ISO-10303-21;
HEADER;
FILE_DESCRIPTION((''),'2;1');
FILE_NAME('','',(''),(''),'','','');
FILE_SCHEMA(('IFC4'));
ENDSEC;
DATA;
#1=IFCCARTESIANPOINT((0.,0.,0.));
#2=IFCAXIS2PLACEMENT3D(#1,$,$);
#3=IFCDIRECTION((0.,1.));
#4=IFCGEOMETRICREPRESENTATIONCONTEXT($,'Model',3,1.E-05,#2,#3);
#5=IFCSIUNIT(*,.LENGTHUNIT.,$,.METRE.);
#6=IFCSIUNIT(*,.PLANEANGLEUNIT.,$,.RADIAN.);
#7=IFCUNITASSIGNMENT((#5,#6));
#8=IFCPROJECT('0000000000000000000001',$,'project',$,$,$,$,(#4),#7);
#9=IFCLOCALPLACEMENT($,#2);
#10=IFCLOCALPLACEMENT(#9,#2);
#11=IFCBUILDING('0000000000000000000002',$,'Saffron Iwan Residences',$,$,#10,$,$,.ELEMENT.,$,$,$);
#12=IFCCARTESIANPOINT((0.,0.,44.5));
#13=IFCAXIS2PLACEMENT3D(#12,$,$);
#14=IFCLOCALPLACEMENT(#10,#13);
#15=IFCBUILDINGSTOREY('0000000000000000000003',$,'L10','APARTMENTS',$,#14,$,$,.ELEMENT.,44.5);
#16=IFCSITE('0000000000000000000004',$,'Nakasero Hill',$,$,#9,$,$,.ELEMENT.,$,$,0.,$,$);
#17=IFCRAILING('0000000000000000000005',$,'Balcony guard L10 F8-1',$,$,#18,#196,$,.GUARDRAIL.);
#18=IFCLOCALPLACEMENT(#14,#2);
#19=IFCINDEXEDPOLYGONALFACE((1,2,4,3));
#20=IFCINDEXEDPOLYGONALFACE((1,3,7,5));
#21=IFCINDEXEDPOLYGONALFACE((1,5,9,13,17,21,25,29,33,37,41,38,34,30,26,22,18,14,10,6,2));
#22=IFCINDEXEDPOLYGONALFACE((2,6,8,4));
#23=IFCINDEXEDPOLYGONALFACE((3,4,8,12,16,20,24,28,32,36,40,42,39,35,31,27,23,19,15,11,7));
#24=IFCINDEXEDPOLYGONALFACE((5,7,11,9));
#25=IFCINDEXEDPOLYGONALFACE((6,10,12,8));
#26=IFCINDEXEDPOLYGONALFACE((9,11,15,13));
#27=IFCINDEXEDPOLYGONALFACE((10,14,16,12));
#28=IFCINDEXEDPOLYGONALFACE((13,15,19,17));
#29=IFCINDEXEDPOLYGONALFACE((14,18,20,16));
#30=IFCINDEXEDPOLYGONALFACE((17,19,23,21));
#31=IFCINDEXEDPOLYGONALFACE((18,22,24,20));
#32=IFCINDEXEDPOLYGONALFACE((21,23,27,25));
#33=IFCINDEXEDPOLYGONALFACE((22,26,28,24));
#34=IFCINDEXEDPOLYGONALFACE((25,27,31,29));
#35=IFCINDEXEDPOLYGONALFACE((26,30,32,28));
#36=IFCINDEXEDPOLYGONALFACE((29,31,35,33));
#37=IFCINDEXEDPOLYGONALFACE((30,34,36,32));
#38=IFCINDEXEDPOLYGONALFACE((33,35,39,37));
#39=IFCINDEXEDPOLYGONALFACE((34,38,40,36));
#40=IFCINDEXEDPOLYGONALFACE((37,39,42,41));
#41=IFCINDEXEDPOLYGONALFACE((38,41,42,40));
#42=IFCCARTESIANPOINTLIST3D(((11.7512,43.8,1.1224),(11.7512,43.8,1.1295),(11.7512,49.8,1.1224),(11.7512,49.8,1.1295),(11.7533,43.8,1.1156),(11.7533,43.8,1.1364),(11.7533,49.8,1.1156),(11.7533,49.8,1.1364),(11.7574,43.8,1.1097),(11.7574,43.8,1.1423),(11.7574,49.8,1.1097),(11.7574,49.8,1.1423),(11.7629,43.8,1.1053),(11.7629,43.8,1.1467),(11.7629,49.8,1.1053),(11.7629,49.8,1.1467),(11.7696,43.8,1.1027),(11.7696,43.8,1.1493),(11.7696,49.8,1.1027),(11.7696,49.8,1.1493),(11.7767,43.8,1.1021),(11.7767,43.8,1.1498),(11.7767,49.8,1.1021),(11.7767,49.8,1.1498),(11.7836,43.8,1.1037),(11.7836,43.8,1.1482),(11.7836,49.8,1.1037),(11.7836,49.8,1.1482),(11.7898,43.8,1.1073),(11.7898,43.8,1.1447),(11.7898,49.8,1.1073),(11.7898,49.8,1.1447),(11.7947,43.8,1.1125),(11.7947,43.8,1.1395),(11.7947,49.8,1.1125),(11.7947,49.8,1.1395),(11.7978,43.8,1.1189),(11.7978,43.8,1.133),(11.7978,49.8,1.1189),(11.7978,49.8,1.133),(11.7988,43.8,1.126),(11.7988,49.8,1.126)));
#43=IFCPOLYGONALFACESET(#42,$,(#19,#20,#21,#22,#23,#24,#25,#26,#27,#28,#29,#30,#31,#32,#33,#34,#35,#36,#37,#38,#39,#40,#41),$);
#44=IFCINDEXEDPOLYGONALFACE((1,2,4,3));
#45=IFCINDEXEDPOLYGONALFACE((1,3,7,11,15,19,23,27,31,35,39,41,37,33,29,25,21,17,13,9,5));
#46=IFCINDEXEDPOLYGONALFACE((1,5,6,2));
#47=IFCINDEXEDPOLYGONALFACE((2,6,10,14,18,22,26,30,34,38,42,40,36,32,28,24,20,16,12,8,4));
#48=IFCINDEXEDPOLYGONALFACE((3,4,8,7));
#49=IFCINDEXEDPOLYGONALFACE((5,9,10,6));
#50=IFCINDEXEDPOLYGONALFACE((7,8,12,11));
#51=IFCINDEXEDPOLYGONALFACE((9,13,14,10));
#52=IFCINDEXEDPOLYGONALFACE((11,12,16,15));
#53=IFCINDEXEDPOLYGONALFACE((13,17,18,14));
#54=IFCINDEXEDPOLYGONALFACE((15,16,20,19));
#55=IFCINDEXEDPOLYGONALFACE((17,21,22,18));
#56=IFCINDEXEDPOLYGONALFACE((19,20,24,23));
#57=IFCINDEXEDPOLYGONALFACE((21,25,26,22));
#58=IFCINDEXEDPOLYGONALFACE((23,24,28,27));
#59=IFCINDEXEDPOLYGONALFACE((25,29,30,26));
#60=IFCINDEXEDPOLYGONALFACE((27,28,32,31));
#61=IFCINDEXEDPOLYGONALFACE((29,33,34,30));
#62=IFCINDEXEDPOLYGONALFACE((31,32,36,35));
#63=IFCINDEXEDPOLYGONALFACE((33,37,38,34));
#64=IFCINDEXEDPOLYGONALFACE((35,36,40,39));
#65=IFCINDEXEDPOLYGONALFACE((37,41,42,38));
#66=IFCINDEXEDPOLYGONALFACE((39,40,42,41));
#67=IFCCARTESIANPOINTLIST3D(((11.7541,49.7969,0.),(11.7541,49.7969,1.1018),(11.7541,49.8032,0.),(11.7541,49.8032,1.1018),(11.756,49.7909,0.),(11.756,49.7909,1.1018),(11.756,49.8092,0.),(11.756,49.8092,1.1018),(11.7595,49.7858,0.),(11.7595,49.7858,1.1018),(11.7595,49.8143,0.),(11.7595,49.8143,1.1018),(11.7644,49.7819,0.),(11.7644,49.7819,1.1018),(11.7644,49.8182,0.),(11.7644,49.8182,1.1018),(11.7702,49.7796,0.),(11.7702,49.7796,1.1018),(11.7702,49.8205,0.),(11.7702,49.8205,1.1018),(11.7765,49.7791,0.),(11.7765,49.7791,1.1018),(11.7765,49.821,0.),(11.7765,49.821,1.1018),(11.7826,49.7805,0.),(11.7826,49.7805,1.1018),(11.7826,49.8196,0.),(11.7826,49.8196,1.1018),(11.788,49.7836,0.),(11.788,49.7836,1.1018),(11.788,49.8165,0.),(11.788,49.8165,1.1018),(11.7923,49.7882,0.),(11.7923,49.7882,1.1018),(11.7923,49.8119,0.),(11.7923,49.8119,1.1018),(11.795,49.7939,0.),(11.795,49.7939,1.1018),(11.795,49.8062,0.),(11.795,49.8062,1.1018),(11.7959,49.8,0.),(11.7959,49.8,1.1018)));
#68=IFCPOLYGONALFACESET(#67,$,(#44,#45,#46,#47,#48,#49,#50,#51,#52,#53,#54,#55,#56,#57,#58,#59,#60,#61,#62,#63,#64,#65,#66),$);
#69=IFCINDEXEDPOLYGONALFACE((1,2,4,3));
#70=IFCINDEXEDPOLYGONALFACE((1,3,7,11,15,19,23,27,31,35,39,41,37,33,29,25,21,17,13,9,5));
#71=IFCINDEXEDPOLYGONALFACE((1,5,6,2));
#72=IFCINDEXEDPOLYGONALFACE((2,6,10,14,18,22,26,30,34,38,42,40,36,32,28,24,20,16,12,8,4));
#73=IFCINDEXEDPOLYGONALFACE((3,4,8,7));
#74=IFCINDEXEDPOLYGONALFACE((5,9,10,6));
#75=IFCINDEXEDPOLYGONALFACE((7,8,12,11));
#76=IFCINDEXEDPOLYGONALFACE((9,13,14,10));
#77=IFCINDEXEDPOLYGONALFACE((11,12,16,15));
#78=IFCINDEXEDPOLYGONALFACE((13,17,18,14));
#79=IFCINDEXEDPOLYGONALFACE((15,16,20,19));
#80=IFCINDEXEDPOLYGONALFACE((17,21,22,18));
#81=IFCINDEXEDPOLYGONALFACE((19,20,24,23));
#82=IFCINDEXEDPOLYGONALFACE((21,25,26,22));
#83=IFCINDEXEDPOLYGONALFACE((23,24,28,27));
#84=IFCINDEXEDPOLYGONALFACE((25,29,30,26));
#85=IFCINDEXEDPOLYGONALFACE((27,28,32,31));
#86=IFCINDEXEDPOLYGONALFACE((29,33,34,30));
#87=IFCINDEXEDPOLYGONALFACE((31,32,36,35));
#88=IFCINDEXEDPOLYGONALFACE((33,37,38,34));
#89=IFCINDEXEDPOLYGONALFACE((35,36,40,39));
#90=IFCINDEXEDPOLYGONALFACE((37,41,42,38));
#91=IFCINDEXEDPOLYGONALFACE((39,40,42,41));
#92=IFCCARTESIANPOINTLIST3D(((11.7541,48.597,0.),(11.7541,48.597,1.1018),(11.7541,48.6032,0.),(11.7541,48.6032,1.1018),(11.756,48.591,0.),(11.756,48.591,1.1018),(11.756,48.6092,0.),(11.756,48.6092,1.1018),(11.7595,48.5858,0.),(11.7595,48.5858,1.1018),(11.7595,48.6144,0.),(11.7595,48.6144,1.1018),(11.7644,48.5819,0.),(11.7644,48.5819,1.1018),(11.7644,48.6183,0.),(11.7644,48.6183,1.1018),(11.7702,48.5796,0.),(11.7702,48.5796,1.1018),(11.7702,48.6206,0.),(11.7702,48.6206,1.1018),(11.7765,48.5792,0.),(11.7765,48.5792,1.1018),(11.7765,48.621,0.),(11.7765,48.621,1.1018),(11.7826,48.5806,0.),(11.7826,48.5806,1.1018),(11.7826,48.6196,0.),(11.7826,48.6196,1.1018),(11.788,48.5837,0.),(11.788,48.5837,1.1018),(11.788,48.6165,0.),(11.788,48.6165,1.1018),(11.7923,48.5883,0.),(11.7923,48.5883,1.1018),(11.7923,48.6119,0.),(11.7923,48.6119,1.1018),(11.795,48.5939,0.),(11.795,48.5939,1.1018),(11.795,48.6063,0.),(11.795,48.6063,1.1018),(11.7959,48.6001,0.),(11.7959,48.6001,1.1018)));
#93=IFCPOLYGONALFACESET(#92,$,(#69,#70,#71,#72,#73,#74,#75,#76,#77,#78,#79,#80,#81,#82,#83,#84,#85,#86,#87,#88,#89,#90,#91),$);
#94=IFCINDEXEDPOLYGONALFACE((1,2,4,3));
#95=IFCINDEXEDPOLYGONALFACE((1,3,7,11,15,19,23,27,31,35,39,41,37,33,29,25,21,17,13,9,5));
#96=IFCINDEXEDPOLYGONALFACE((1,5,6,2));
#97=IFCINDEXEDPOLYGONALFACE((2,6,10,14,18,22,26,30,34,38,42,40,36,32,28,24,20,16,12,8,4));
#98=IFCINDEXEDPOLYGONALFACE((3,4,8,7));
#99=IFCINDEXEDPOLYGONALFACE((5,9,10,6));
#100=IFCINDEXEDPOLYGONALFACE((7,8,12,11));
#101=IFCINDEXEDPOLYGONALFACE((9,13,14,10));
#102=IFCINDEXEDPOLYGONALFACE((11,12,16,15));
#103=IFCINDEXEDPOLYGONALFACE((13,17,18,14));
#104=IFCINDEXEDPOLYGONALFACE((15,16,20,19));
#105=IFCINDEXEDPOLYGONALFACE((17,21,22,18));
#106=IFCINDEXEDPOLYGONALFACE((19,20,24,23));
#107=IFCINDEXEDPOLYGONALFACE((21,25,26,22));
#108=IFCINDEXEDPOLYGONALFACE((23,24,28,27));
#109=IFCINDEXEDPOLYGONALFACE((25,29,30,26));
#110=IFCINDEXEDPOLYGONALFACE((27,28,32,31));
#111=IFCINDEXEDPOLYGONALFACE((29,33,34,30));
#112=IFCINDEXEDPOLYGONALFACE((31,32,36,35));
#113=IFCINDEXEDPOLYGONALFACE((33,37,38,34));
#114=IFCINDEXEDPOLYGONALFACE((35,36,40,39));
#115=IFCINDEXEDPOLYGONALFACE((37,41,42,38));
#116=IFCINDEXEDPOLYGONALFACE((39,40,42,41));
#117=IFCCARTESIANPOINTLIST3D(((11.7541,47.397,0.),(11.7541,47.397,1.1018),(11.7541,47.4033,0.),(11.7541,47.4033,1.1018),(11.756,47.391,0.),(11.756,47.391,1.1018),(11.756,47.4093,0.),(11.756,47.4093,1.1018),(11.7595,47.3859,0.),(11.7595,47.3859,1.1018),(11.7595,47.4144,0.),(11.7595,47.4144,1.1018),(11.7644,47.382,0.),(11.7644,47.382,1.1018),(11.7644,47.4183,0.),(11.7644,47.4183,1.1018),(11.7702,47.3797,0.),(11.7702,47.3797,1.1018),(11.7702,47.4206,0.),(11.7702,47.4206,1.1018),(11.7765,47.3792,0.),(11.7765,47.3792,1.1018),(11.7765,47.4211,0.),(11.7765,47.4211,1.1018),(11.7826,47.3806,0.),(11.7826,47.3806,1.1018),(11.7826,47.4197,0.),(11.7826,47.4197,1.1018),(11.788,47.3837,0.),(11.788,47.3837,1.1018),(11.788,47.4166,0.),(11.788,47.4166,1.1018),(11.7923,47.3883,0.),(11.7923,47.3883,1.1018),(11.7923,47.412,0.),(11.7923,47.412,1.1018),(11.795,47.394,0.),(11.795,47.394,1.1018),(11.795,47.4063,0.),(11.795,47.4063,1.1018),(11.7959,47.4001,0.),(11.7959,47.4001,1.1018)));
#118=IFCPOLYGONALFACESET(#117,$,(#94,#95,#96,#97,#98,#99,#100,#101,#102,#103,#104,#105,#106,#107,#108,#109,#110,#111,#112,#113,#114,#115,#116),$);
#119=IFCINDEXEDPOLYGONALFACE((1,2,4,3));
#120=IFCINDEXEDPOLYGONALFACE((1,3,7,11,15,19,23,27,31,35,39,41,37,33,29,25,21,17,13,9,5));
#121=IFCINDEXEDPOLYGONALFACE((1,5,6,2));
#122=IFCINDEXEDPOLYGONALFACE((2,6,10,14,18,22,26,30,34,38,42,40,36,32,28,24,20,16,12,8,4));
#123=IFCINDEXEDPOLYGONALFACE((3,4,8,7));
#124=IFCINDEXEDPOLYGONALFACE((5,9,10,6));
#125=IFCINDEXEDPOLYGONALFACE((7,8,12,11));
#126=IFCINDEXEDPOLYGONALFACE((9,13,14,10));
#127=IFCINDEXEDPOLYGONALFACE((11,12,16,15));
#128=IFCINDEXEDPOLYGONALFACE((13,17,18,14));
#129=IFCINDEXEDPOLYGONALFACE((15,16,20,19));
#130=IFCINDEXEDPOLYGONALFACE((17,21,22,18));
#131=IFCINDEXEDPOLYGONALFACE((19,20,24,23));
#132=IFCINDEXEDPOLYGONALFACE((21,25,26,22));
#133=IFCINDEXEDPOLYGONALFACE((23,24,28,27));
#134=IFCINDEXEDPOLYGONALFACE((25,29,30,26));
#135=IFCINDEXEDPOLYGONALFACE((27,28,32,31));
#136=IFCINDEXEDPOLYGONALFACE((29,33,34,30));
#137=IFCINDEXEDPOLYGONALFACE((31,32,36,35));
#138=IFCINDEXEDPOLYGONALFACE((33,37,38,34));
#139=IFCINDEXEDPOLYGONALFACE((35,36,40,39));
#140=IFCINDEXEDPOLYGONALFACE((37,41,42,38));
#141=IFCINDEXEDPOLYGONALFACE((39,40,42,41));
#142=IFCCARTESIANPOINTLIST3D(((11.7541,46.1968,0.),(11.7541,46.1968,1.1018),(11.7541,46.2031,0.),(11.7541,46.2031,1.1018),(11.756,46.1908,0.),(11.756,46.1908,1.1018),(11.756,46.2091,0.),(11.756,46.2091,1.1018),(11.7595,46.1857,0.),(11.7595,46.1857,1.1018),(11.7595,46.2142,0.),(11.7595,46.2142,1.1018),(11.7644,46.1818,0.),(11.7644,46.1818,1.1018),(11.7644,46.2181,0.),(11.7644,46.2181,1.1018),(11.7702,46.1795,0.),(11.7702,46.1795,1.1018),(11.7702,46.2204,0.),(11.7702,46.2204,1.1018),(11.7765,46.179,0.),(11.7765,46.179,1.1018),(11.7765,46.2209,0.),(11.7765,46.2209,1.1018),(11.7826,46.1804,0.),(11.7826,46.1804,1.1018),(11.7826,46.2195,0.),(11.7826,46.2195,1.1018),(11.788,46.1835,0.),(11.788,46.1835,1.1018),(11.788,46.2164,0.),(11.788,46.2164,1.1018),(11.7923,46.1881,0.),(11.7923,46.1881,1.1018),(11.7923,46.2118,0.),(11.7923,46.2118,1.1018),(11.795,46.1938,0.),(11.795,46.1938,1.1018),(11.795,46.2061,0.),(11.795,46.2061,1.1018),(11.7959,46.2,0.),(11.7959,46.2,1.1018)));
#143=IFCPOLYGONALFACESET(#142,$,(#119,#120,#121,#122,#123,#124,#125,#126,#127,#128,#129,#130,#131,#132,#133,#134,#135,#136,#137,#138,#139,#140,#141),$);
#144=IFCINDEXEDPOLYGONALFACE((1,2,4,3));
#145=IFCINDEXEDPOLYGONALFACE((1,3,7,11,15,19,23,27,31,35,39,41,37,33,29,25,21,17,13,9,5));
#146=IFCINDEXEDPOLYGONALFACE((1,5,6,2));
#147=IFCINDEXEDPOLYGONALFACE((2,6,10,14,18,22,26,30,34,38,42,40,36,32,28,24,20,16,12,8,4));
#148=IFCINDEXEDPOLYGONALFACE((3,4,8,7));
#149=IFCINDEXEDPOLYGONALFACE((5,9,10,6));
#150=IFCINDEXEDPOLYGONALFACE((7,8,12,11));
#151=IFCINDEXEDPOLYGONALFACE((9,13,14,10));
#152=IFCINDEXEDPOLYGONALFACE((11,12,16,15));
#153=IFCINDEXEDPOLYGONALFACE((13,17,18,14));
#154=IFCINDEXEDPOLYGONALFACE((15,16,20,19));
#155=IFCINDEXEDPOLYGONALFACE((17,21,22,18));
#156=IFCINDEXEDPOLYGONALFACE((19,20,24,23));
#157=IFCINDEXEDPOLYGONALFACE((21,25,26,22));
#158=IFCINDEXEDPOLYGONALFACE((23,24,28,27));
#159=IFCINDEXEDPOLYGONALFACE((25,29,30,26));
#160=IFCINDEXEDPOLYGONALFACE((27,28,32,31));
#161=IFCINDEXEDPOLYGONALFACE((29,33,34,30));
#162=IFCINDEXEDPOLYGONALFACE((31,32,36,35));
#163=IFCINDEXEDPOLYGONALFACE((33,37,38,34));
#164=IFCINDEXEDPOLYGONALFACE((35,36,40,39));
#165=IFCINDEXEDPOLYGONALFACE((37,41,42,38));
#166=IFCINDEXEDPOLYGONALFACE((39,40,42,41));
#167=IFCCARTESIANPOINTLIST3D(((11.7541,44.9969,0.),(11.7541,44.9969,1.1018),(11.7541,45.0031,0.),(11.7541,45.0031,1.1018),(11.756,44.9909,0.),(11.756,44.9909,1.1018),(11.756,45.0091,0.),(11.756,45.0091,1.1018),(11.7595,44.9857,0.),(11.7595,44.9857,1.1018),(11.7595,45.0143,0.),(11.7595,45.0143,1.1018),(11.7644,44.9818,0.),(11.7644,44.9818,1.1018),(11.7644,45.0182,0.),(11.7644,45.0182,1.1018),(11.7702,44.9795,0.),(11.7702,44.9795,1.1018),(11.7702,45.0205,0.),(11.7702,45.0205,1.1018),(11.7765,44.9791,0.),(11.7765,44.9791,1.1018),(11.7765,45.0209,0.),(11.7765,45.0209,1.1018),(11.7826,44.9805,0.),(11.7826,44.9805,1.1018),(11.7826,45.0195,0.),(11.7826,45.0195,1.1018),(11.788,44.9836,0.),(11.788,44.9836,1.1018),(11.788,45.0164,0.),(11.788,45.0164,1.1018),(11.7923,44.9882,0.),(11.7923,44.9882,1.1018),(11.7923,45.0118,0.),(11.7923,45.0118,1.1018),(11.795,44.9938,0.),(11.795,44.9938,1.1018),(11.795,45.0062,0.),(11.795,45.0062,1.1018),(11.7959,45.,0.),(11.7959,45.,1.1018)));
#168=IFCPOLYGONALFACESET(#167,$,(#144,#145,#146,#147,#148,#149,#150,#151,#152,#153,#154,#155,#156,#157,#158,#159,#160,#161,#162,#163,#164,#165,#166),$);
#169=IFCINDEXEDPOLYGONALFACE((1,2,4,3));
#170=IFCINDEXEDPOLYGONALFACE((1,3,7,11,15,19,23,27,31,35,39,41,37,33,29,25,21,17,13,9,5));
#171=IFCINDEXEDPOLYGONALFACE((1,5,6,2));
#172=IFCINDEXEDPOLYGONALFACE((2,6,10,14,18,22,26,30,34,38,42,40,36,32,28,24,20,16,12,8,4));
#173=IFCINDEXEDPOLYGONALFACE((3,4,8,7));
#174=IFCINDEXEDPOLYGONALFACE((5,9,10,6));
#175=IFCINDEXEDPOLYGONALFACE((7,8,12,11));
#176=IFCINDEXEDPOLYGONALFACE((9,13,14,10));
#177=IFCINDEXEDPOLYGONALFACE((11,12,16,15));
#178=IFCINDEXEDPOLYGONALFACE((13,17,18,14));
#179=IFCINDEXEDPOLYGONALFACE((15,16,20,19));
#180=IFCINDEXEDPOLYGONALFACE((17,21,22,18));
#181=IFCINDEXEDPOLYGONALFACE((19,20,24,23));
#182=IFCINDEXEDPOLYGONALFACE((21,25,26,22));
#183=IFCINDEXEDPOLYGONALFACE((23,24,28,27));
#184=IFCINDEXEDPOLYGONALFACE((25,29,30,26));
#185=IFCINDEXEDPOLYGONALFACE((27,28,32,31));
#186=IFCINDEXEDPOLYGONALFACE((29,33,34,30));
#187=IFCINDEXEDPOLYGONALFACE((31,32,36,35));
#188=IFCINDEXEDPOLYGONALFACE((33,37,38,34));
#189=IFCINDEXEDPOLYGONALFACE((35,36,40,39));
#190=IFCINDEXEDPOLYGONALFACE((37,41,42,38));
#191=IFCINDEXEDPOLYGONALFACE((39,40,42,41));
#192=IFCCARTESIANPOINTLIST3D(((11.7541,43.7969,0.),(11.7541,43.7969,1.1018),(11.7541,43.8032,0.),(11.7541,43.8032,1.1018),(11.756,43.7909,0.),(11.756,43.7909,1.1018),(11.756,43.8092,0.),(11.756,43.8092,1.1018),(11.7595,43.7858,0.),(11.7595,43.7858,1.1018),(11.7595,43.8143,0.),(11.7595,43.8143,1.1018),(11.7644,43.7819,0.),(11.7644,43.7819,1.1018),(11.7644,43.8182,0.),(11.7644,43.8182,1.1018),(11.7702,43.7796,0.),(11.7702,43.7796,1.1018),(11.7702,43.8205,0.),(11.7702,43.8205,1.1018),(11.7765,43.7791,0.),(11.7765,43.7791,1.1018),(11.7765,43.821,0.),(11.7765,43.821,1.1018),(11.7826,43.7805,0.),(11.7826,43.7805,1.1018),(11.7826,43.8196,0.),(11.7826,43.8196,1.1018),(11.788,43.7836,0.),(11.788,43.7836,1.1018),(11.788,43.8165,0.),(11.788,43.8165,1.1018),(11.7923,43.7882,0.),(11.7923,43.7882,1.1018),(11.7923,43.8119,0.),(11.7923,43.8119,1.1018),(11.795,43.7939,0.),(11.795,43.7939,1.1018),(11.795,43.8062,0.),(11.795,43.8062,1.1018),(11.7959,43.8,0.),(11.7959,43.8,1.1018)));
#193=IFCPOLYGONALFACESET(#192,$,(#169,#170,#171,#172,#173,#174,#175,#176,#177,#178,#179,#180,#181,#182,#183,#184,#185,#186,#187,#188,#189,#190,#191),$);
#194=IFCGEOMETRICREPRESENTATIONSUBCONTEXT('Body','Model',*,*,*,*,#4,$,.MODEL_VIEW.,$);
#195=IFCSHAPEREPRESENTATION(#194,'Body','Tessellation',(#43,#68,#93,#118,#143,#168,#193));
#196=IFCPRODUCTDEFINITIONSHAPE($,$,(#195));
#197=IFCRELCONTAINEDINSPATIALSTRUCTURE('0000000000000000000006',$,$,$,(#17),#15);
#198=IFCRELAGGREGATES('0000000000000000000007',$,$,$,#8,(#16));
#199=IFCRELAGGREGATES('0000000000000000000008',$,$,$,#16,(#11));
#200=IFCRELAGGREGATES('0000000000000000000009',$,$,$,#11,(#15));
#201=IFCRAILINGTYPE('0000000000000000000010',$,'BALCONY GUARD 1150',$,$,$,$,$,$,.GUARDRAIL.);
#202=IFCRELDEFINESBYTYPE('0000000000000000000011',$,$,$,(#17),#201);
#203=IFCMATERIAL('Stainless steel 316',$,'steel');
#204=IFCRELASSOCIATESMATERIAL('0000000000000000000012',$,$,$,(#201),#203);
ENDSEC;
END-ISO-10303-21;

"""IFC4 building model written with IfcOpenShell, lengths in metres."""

from ifc_helpers import new_model, si_unit, direction, frame, origin, origin_2d, place, context, subcontext, project, spatial, circle, extrude, material, type_object, element, save


model = new_model("IFC4")

# Units and contexts
model_context = context("Model", 3, precision=1e-05, world=origin(), true_north=direction((0.0, 1.0)))
body_context = subcontext(model_context, "Body", "Model", "MODEL_VIEW")
ifc_project = project(units=[si_unit("LENGTHUNIT", "METRE"), si_unit("PLANEANGLEUNIT", "RADIAN")], contexts=[model_context])

# Site, building, storey
site_placement = place(None, origin())
site = spatial("IfcSite", under=ifc_project, at=site_placement, Name="Nakasero Hill", CompositionType="ELEMENT", RefElevation=0.0)
building_placement = place(site_placement, origin())
building = spatial("IfcBuilding", under=site, at=building_placement, Name="Saffron Iwan Residences", CompositionType="ELEMENT")
storey_placement = place(building_placement, frame((0.0, 0.0, 44.5)))
storey = spatial("IfcBuildingStorey", under=building, at=storey_placement, Name="L10", Description="APARTMENTS", CompositionType="ELEMENT", Elevation=44.5)

# Railing
ifc_material_1 = material(Name="Stainless steel 316", Category="steel")
railing_type = type_object("IfcRailingType", Name="BALCONY GUARD 1150", PredefinedType="GUARDRAIL", material=ifc_material_1)
for number, where, name in (
    (1, (11.7749, 49.8, 0.0), "Balcony guard L10 F8-1"),
):
    element("IfcRailing", number, at=place(storey_placement, frame(where)), inside=storey, type_object=railing_type, Name=name, PredefinedType="GUARDRAIL", context=body_context, shape_type="SweptSolid", body=[
        extrude(circle(Radius=0.0239, at=origin_2d()), frame((0.0, 0.0, 1.126), z_axis=(0.0, -1.0, 0.0), x_axis=(1.0, 0.0, 0.0)), (0.0, 0.0, 1.0), 6.0),
        extrude(circle(Radius=0.021, at=origin_2d()), origin(), (0.0, 0.0, 1.0), 1.1018),
        extrude(circle(Radius=0.021, at=origin_2d()), frame((0.0, -1.2, 0.0)), (0.0, 0.0, 1.0), 1.1018),
        extrude(circle(Radius=0.021, at=origin_2d()), frame((0.0, -2.3999, 0.0)), (0.0, 0.0, 1.0), 1.1018),
        extrude(circle(Radius=0.021, at=origin_2d()), frame((0.0, -3.6001, 0.0)), (0.0, 0.0, 1.0), 1.1018),
        extrude(circle(Radius=0.021, at=origin_2d()), frame((0.0, -4.8, 0.0)), (0.0, 0.0, 1.0), 1.1018),
        extrude(circle(Radius=0.021, at=origin_2d()), frame((0.0, -6.0, 0.0)), (0.0, 0.0, 1.0), 1.1018),
    ])

save(model, "model.ifc")
